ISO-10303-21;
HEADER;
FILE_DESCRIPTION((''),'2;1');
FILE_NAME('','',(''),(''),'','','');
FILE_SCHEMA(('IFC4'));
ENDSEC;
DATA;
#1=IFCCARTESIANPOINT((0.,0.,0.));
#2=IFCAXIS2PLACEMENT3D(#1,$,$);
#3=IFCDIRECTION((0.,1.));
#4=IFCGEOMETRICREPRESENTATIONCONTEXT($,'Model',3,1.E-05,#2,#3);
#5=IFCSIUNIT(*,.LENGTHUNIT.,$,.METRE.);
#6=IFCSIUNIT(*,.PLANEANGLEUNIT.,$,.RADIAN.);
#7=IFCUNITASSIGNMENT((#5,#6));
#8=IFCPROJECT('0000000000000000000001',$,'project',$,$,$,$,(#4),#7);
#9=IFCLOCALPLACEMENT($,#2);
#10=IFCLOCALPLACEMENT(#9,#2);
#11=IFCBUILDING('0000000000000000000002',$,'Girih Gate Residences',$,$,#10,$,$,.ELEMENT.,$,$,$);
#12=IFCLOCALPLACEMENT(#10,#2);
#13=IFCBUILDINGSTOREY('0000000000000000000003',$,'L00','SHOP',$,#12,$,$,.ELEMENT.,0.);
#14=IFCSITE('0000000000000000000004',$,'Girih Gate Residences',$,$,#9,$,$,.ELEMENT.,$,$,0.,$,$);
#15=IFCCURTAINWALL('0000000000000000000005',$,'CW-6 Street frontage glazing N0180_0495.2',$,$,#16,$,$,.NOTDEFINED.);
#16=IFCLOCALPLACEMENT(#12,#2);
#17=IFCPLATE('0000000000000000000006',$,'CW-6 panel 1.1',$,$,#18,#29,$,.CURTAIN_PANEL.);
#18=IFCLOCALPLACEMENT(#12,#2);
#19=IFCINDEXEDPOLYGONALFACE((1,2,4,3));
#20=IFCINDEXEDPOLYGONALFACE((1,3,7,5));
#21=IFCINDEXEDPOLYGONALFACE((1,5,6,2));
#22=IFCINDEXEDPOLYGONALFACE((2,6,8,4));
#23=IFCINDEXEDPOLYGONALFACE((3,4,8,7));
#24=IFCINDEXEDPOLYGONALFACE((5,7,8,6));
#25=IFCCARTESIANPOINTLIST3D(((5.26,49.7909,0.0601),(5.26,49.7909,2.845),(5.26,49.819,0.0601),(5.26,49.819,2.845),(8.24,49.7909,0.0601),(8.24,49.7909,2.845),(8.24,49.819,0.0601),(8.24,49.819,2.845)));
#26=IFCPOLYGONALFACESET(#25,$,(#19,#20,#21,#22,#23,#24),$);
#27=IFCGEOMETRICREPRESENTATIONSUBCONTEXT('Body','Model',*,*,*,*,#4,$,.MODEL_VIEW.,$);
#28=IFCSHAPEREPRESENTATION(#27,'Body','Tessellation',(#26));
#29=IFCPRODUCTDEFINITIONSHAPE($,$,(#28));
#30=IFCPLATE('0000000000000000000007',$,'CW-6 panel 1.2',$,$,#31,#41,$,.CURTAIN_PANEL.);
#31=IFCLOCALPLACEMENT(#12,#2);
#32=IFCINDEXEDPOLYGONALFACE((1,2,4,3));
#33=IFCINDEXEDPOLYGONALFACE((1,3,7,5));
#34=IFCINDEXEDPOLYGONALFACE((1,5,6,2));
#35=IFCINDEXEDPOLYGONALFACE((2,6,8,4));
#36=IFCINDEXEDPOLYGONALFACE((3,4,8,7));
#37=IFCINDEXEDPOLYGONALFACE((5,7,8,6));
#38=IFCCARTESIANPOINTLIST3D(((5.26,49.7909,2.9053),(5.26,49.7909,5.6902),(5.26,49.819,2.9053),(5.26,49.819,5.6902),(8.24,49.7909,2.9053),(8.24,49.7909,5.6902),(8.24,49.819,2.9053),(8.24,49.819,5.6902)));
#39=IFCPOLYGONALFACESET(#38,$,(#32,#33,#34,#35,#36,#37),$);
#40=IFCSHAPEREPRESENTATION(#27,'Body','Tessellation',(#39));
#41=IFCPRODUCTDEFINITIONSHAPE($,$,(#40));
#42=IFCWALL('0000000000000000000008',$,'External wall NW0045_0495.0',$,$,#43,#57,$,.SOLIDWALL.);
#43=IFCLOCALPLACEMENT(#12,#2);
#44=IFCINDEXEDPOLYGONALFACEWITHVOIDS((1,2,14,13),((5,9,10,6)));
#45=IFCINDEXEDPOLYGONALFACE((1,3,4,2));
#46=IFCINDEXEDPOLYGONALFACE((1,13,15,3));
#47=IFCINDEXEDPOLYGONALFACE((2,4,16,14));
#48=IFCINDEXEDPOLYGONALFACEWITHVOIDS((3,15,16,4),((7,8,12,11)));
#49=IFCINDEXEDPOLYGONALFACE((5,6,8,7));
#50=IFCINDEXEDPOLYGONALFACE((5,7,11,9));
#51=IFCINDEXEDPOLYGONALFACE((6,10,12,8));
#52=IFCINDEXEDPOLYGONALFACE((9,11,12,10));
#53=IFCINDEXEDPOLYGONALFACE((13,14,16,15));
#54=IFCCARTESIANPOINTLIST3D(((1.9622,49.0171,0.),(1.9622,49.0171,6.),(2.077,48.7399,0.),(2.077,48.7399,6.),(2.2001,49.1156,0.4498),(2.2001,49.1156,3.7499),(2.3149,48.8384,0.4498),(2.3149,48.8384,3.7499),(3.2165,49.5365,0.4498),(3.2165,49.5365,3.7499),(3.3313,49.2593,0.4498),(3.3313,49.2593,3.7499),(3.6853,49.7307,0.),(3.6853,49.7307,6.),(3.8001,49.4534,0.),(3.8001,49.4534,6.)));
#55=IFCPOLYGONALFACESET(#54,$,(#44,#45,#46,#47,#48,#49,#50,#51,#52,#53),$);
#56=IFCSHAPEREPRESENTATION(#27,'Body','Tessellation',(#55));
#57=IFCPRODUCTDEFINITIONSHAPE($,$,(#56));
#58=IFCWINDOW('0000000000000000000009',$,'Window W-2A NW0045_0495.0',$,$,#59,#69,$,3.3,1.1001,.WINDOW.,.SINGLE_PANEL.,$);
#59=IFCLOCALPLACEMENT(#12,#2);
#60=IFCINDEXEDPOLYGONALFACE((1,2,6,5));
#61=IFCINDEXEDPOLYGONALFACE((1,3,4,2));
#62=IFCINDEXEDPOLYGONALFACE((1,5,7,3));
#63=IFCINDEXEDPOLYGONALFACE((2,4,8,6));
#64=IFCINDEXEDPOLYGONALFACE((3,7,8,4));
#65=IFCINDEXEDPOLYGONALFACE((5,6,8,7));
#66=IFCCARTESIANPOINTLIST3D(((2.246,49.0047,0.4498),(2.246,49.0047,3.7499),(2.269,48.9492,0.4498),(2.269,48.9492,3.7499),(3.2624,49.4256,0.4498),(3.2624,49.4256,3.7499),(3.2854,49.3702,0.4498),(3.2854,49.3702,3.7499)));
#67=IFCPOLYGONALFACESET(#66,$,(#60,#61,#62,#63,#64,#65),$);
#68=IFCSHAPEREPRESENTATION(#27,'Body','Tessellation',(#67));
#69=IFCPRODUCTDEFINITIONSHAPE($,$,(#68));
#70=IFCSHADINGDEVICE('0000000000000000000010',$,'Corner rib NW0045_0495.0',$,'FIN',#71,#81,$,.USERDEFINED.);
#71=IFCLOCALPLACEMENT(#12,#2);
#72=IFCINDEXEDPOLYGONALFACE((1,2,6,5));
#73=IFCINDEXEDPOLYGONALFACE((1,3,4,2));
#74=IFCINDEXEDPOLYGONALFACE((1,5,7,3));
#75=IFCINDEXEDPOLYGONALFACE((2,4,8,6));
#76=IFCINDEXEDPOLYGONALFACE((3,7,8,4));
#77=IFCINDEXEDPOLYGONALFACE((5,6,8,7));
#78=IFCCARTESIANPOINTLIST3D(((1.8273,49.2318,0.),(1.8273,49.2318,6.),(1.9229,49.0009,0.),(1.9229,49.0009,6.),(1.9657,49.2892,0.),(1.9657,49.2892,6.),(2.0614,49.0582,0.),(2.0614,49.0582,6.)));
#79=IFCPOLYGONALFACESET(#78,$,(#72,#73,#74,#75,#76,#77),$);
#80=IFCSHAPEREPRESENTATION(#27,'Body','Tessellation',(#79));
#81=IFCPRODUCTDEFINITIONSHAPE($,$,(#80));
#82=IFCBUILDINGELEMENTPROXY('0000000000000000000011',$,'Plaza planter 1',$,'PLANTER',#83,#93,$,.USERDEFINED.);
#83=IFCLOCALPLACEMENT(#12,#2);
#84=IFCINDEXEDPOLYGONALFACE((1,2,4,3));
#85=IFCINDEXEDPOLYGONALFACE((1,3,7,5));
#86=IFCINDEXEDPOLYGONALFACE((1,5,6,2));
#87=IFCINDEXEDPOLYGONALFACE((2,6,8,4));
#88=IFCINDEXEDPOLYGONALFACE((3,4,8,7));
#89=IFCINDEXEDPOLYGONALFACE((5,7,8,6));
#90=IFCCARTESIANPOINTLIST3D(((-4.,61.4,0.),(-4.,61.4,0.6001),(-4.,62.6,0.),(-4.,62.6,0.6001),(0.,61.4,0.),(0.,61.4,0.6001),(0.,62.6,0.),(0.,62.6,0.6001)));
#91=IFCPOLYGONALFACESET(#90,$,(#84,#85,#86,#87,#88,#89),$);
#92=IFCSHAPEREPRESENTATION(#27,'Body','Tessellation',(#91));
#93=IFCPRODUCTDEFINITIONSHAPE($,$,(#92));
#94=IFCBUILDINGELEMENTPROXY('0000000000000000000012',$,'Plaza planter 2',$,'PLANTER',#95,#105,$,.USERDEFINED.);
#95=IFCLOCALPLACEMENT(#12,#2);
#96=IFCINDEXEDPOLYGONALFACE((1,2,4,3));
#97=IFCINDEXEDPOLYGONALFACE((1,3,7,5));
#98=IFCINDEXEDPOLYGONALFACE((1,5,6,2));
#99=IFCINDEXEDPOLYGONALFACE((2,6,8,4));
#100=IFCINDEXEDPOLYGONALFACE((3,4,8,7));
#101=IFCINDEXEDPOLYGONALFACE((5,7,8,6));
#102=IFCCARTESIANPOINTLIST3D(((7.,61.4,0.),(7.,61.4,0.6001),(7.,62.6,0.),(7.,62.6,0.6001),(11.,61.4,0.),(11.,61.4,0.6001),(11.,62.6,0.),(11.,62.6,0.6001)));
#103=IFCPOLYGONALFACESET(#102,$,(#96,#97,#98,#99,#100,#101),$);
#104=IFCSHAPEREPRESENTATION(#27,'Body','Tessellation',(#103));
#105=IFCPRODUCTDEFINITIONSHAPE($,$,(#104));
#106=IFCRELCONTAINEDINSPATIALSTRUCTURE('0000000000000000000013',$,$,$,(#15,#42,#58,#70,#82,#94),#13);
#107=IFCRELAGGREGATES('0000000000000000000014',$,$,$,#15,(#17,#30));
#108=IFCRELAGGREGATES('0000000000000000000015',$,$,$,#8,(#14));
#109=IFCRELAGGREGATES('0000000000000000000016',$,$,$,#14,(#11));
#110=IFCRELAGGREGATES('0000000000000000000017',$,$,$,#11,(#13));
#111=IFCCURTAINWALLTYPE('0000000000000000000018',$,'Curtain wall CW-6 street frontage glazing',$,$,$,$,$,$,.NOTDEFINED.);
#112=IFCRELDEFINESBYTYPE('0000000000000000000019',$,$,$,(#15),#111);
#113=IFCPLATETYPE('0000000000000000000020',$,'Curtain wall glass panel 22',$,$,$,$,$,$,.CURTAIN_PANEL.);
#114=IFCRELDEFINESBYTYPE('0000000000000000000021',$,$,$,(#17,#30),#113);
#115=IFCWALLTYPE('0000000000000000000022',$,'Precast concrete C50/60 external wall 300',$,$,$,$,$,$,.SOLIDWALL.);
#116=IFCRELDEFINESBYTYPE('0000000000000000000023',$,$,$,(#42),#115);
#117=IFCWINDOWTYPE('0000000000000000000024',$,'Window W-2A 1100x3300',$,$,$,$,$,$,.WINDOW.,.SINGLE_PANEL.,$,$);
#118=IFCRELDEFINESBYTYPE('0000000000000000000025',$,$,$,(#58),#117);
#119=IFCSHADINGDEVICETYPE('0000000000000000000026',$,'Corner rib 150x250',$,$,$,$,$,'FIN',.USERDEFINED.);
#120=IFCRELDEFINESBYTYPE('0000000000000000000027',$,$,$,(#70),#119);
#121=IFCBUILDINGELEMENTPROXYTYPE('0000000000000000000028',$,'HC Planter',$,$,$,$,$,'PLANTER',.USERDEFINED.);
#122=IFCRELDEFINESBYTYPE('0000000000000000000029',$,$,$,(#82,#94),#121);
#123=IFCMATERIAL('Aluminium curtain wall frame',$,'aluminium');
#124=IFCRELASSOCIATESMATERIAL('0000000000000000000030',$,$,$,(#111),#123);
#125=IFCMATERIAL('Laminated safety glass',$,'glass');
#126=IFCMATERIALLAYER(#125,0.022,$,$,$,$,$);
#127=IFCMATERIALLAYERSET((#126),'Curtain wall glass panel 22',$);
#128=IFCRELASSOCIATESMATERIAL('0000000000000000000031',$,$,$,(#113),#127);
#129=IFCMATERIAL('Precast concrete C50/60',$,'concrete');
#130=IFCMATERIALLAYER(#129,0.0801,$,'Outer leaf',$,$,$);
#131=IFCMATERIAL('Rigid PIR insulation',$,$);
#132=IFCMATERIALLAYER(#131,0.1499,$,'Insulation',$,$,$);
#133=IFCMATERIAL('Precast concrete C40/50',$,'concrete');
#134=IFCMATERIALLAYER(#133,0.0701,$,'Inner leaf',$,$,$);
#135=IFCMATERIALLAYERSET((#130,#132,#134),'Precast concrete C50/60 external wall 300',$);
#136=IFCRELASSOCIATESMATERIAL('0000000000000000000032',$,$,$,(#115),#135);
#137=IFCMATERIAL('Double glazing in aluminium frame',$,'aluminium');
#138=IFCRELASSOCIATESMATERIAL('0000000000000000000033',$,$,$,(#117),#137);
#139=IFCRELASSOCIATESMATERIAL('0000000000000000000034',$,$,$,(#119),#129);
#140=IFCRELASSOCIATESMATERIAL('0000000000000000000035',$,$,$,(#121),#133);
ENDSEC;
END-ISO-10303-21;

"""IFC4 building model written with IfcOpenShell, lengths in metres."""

from ifc_helpers import new_model, si_unit, direction, frame, frame_2d, origin, origin_2d, place, context, subcontext, project, spatial, rectangle, extrude, material, layer, layer_set, type_object, element, fill, aggregate, save


model = new_model("IFC4")

# Units and contexts
model_context = context("Model", 3, precision=1e-05, world=origin(), true_north=direction((0.0, 1.0)))
body_context = subcontext(model_context, "Body", "Model", "MODEL_VIEW")
ifc_project = project(units=[si_unit("LENGTHUNIT", "METRE"), si_unit("PLANEANGLEUNIT", "RADIAN")], contexts=[model_context])

# Site, building, storey
site_placement = place(None, origin())
site = spatial("IfcSite", under=ifc_project, at=site_placement, Name="Girih Gate Residences", CompositionType="ELEMENT", RefElevation=0.0)
building_placement = place(site_placement, origin())
building = spatial("IfcBuilding", under=site, at=building_placement, Name="Girih Gate Residences", CompositionType="ELEMENT")
storey_placement = place(building_placement, origin())
storey = spatial("IfcBuildingStorey", under=building, at=storey_placement, Name="L00", Description="SHOP", CompositionType="ELEMENT", Elevation=0.0)

# Curtain wall
ifc_material_1 = material(Name="Aluminium curtain wall frame", Category="aluminium")
curtain_wall_type = type_object("IfcCurtainWallType", Name="Curtain wall CW-6 street frontage glazing", PredefinedType="NOTDEFINED", material=ifc_material_1)
curtain_wall_1_placement = place(storey_placement, origin())
curtain_wall_1 = element("IfcCurtainWall", 1, at=curtain_wall_1_placement, inside=storey, type_object=curtain_wall_type, Name="CW-6 Street frontage glazing N0180_0495.2", PredefinedType="NOTDEFINED")

# Plates
ifc_material_2 = material(Name="Laminated safety glass", Category="glass")
ifc_layer_1 = layer(ifc_material_2, 0.022)
ifc_layer_set_1 = layer_set([ifc_layer_1], Name="Curtain wall glass panel 22")
plate_type = type_object("IfcPlateType", Name="Curtain wall glass panel 22", PredefinedType="CURTAIN_PANEL", material=ifc_layer_set_1)
plate_1_placement = place(storey_placement, frame((6.75, 49.8049, 0.0601), z_axis=(0.0, 0.0, 1.0), x_axis=(-1.0, 0.0, 0.0)))
plate_1 = element("IfcPlate", 2, at=plate_1_placement, type_object=plate_type, Name="CW-6 panel 1.1", PredefinedType="CURTAIN_PANEL", context=body_context, shape_type="SweptSolid", body=[
    extrude(rectangle(XDim=2.98, YDim=0.0281, at=origin_2d()), origin(), (0.0, 0.0, 1.0), 2.7849),
])
plate_2_placement = place(storey_placement, frame((6.75, 49.8049, 2.9053), z_axis=(0.0, 0.0, 1.0), x_axis=(-1.0, 0.0, 0.0)))
plate_2 = element("IfcPlate", 3, at=plate_2_placement, type_object=plate_type, Name="CW-6 panel 1.2", PredefinedType="CURTAIN_PANEL", context=body_context, shape_type="SweptSolid", body=[
    extrude(rectangle(XDim=2.98, YDim=0.0281, at=origin_2d()), origin(), (0.0, 0.0, 1.0), 2.7849),
])
aggregate(curtain_wall_1, [plate_1, plate_2])

# Shared definitions
ifc_material_3 = material(Name="Precast concrete C50/60", Category="concrete")
ifc_layer_2 = layer(ifc_material_3, 0.0801, Name="Outer leaf")
ifc_material_4 = material(Name="Rigid PIR insulation")
ifc_layer_3 = layer(ifc_material_4, 0.1499, Name="Insulation")
ifc_material_5 = material(Name="Precast concrete C40/50", Category="concrete")
ifc_layer_4 = layer(ifc_material_5, 0.0701, Name="Inner leaf")
ifc_layer_set_2 = layer_set([ifc_layer_2, ifc_layer_3, ifc_layer_4], Name="Precast concrete C50/60 external wall 300")
wall_type = type_object("IfcWallType", Name="Precast concrete C50/60 external wall 300", PredefinedType="SOLIDWALL", material=ifc_layer_set_2)

# Wall, opening, window
wall_1_placement = place(storey_placement, frame((2.0195, 48.8784, 0.0), z_axis=(0.0, 0.0, 1.0), x_axis=(0.923904, 0.382625, 0.0)))
wall_1 = element("IfcWall", 4, at=wall_1_placement, inside=storey, type_object=wall_type, Name="External wall NW0045_0495.0", PredefinedType="SOLIDWALL", context=body_context, shape_type="SweptSolid", body=[
    extrude(rectangle(XDim=1.865, YDim=0.3, at=frame_2d((0.9326, 0.0))), origin(), (0.0, 0.0, 1.0), 6.0),
])
opening_1_placement = place(wall_1_placement, frame((0.2576, 0.0, 0.45)))
opening_1 = element("IfcOpeningElement", 5, at=opening_1_placement, cuts=wall_1, PredefinedType="OPENING", context=body_context, shape_type="SweptSolid", body=[
    extrude(rectangle(XDim=1.1001, YDim=3.3, at=frame_2d((0.55, 1.6499))), frame((0.0, 0.1599, 0.0), z_axis=(0.0, -1.0, 0.0), x_axis=(1.0, 0.0, 0.0)), (0.0, 0.0, 1.0), 0.3201),
])
ifc_material_6 = material(Name="Double glazing in aluminium frame", Category="aluminium")
window_type = type_object("IfcWindowType", Name="Window W-2A 1100x3300", PartitioningType="SINGLE_PANEL", PredefinedType="WINDOW", material=ifc_material_6)
window_placement = place(opening_1_placement, origin())
window = element("IfcWindow", 6, at=window_placement, inside=storey, type_object=window_type, Name="Window W-2A NW0045_0495.0", OverallHeight=3.3, OverallWidth=1.1001, PartitioningType="SINGLE_PANEL", PredefinedType="WINDOW", context=body_context, shape_type="SweptSolid", body=[
    extrude(rectangle(XDim=1.1001, YDim=3.3, at=frame_2d((0.55, 1.6499))), frame((0.0, 0.03, 0.0), z_axis=(0.0, -1.0, 0.0), x_axis=(1.0, 0.0, 0.0)), (0.0, 0.0, 1.0), 0.0601),
])
fill(opening_1, window)

# Shading device
shading_device_type = type_object("IfcShadingDeviceType", Name="Corner rib 150x250", ElementType="FIN", PredefinedType="USERDEFINED", material=ifc_material_3)
shading_device_placement = place(storey_placement, frame((1.9443, 49.145, 0.0), z_axis=(0.0, 0.0, 1.0), x_axis=(-0.92388, -0.382683, 0.0)))
element("IfcShadingDevice", 7, at=shading_device_placement, inside=storey, type_object=shading_device_type, Name="Corner rib NW0045_0495.0", ObjectType="FIN", PredefinedType="USERDEFINED", context=body_context, shape_type="SweptSolid", body=[
    extrude(rectangle(XDim=0.1499, YDim=0.25, at=origin_2d()), origin(), (0.0, 0.0, 1.0), 6.0),
])

# Building element proxies
building_element_proxy_type = type_object("IfcBuildingElementProxyType", Name="HC Planter", ElementType="PLANTER", PredefinedType="USERDEFINED", material=ifc_material_5)
for number, where, z_axis, x_axis, name in (
    (8, (-2.0, 62.0, 0.0), (0.0, 0.0, 1.0), (1.0, 0.0, 0.0), "Plaza planter 1"),
    (9, (9.0, 62.0, 0.0), (0.0, 0.0, 1.0), (1.0, 0.0, 0.0), "Plaza planter 2"),
):
    element("IfcBuildingElementProxy", number, at=place(storey_placement, frame(where, z_axis=z_axis, x_axis=x_axis)), inside=storey, type_object=building_element_proxy_type, Name=name, ObjectType="PLANTER", PredefinedType="USERDEFINED", context=body_context, shape_type="SweptSolid", body=[
        extrude(rectangle(XDim=4.0, YDim=1.2, at=origin_2d()), origin(), (0.0, 0.0, 1.0), 0.6001),
    ])

save(model, "model.ifc")
